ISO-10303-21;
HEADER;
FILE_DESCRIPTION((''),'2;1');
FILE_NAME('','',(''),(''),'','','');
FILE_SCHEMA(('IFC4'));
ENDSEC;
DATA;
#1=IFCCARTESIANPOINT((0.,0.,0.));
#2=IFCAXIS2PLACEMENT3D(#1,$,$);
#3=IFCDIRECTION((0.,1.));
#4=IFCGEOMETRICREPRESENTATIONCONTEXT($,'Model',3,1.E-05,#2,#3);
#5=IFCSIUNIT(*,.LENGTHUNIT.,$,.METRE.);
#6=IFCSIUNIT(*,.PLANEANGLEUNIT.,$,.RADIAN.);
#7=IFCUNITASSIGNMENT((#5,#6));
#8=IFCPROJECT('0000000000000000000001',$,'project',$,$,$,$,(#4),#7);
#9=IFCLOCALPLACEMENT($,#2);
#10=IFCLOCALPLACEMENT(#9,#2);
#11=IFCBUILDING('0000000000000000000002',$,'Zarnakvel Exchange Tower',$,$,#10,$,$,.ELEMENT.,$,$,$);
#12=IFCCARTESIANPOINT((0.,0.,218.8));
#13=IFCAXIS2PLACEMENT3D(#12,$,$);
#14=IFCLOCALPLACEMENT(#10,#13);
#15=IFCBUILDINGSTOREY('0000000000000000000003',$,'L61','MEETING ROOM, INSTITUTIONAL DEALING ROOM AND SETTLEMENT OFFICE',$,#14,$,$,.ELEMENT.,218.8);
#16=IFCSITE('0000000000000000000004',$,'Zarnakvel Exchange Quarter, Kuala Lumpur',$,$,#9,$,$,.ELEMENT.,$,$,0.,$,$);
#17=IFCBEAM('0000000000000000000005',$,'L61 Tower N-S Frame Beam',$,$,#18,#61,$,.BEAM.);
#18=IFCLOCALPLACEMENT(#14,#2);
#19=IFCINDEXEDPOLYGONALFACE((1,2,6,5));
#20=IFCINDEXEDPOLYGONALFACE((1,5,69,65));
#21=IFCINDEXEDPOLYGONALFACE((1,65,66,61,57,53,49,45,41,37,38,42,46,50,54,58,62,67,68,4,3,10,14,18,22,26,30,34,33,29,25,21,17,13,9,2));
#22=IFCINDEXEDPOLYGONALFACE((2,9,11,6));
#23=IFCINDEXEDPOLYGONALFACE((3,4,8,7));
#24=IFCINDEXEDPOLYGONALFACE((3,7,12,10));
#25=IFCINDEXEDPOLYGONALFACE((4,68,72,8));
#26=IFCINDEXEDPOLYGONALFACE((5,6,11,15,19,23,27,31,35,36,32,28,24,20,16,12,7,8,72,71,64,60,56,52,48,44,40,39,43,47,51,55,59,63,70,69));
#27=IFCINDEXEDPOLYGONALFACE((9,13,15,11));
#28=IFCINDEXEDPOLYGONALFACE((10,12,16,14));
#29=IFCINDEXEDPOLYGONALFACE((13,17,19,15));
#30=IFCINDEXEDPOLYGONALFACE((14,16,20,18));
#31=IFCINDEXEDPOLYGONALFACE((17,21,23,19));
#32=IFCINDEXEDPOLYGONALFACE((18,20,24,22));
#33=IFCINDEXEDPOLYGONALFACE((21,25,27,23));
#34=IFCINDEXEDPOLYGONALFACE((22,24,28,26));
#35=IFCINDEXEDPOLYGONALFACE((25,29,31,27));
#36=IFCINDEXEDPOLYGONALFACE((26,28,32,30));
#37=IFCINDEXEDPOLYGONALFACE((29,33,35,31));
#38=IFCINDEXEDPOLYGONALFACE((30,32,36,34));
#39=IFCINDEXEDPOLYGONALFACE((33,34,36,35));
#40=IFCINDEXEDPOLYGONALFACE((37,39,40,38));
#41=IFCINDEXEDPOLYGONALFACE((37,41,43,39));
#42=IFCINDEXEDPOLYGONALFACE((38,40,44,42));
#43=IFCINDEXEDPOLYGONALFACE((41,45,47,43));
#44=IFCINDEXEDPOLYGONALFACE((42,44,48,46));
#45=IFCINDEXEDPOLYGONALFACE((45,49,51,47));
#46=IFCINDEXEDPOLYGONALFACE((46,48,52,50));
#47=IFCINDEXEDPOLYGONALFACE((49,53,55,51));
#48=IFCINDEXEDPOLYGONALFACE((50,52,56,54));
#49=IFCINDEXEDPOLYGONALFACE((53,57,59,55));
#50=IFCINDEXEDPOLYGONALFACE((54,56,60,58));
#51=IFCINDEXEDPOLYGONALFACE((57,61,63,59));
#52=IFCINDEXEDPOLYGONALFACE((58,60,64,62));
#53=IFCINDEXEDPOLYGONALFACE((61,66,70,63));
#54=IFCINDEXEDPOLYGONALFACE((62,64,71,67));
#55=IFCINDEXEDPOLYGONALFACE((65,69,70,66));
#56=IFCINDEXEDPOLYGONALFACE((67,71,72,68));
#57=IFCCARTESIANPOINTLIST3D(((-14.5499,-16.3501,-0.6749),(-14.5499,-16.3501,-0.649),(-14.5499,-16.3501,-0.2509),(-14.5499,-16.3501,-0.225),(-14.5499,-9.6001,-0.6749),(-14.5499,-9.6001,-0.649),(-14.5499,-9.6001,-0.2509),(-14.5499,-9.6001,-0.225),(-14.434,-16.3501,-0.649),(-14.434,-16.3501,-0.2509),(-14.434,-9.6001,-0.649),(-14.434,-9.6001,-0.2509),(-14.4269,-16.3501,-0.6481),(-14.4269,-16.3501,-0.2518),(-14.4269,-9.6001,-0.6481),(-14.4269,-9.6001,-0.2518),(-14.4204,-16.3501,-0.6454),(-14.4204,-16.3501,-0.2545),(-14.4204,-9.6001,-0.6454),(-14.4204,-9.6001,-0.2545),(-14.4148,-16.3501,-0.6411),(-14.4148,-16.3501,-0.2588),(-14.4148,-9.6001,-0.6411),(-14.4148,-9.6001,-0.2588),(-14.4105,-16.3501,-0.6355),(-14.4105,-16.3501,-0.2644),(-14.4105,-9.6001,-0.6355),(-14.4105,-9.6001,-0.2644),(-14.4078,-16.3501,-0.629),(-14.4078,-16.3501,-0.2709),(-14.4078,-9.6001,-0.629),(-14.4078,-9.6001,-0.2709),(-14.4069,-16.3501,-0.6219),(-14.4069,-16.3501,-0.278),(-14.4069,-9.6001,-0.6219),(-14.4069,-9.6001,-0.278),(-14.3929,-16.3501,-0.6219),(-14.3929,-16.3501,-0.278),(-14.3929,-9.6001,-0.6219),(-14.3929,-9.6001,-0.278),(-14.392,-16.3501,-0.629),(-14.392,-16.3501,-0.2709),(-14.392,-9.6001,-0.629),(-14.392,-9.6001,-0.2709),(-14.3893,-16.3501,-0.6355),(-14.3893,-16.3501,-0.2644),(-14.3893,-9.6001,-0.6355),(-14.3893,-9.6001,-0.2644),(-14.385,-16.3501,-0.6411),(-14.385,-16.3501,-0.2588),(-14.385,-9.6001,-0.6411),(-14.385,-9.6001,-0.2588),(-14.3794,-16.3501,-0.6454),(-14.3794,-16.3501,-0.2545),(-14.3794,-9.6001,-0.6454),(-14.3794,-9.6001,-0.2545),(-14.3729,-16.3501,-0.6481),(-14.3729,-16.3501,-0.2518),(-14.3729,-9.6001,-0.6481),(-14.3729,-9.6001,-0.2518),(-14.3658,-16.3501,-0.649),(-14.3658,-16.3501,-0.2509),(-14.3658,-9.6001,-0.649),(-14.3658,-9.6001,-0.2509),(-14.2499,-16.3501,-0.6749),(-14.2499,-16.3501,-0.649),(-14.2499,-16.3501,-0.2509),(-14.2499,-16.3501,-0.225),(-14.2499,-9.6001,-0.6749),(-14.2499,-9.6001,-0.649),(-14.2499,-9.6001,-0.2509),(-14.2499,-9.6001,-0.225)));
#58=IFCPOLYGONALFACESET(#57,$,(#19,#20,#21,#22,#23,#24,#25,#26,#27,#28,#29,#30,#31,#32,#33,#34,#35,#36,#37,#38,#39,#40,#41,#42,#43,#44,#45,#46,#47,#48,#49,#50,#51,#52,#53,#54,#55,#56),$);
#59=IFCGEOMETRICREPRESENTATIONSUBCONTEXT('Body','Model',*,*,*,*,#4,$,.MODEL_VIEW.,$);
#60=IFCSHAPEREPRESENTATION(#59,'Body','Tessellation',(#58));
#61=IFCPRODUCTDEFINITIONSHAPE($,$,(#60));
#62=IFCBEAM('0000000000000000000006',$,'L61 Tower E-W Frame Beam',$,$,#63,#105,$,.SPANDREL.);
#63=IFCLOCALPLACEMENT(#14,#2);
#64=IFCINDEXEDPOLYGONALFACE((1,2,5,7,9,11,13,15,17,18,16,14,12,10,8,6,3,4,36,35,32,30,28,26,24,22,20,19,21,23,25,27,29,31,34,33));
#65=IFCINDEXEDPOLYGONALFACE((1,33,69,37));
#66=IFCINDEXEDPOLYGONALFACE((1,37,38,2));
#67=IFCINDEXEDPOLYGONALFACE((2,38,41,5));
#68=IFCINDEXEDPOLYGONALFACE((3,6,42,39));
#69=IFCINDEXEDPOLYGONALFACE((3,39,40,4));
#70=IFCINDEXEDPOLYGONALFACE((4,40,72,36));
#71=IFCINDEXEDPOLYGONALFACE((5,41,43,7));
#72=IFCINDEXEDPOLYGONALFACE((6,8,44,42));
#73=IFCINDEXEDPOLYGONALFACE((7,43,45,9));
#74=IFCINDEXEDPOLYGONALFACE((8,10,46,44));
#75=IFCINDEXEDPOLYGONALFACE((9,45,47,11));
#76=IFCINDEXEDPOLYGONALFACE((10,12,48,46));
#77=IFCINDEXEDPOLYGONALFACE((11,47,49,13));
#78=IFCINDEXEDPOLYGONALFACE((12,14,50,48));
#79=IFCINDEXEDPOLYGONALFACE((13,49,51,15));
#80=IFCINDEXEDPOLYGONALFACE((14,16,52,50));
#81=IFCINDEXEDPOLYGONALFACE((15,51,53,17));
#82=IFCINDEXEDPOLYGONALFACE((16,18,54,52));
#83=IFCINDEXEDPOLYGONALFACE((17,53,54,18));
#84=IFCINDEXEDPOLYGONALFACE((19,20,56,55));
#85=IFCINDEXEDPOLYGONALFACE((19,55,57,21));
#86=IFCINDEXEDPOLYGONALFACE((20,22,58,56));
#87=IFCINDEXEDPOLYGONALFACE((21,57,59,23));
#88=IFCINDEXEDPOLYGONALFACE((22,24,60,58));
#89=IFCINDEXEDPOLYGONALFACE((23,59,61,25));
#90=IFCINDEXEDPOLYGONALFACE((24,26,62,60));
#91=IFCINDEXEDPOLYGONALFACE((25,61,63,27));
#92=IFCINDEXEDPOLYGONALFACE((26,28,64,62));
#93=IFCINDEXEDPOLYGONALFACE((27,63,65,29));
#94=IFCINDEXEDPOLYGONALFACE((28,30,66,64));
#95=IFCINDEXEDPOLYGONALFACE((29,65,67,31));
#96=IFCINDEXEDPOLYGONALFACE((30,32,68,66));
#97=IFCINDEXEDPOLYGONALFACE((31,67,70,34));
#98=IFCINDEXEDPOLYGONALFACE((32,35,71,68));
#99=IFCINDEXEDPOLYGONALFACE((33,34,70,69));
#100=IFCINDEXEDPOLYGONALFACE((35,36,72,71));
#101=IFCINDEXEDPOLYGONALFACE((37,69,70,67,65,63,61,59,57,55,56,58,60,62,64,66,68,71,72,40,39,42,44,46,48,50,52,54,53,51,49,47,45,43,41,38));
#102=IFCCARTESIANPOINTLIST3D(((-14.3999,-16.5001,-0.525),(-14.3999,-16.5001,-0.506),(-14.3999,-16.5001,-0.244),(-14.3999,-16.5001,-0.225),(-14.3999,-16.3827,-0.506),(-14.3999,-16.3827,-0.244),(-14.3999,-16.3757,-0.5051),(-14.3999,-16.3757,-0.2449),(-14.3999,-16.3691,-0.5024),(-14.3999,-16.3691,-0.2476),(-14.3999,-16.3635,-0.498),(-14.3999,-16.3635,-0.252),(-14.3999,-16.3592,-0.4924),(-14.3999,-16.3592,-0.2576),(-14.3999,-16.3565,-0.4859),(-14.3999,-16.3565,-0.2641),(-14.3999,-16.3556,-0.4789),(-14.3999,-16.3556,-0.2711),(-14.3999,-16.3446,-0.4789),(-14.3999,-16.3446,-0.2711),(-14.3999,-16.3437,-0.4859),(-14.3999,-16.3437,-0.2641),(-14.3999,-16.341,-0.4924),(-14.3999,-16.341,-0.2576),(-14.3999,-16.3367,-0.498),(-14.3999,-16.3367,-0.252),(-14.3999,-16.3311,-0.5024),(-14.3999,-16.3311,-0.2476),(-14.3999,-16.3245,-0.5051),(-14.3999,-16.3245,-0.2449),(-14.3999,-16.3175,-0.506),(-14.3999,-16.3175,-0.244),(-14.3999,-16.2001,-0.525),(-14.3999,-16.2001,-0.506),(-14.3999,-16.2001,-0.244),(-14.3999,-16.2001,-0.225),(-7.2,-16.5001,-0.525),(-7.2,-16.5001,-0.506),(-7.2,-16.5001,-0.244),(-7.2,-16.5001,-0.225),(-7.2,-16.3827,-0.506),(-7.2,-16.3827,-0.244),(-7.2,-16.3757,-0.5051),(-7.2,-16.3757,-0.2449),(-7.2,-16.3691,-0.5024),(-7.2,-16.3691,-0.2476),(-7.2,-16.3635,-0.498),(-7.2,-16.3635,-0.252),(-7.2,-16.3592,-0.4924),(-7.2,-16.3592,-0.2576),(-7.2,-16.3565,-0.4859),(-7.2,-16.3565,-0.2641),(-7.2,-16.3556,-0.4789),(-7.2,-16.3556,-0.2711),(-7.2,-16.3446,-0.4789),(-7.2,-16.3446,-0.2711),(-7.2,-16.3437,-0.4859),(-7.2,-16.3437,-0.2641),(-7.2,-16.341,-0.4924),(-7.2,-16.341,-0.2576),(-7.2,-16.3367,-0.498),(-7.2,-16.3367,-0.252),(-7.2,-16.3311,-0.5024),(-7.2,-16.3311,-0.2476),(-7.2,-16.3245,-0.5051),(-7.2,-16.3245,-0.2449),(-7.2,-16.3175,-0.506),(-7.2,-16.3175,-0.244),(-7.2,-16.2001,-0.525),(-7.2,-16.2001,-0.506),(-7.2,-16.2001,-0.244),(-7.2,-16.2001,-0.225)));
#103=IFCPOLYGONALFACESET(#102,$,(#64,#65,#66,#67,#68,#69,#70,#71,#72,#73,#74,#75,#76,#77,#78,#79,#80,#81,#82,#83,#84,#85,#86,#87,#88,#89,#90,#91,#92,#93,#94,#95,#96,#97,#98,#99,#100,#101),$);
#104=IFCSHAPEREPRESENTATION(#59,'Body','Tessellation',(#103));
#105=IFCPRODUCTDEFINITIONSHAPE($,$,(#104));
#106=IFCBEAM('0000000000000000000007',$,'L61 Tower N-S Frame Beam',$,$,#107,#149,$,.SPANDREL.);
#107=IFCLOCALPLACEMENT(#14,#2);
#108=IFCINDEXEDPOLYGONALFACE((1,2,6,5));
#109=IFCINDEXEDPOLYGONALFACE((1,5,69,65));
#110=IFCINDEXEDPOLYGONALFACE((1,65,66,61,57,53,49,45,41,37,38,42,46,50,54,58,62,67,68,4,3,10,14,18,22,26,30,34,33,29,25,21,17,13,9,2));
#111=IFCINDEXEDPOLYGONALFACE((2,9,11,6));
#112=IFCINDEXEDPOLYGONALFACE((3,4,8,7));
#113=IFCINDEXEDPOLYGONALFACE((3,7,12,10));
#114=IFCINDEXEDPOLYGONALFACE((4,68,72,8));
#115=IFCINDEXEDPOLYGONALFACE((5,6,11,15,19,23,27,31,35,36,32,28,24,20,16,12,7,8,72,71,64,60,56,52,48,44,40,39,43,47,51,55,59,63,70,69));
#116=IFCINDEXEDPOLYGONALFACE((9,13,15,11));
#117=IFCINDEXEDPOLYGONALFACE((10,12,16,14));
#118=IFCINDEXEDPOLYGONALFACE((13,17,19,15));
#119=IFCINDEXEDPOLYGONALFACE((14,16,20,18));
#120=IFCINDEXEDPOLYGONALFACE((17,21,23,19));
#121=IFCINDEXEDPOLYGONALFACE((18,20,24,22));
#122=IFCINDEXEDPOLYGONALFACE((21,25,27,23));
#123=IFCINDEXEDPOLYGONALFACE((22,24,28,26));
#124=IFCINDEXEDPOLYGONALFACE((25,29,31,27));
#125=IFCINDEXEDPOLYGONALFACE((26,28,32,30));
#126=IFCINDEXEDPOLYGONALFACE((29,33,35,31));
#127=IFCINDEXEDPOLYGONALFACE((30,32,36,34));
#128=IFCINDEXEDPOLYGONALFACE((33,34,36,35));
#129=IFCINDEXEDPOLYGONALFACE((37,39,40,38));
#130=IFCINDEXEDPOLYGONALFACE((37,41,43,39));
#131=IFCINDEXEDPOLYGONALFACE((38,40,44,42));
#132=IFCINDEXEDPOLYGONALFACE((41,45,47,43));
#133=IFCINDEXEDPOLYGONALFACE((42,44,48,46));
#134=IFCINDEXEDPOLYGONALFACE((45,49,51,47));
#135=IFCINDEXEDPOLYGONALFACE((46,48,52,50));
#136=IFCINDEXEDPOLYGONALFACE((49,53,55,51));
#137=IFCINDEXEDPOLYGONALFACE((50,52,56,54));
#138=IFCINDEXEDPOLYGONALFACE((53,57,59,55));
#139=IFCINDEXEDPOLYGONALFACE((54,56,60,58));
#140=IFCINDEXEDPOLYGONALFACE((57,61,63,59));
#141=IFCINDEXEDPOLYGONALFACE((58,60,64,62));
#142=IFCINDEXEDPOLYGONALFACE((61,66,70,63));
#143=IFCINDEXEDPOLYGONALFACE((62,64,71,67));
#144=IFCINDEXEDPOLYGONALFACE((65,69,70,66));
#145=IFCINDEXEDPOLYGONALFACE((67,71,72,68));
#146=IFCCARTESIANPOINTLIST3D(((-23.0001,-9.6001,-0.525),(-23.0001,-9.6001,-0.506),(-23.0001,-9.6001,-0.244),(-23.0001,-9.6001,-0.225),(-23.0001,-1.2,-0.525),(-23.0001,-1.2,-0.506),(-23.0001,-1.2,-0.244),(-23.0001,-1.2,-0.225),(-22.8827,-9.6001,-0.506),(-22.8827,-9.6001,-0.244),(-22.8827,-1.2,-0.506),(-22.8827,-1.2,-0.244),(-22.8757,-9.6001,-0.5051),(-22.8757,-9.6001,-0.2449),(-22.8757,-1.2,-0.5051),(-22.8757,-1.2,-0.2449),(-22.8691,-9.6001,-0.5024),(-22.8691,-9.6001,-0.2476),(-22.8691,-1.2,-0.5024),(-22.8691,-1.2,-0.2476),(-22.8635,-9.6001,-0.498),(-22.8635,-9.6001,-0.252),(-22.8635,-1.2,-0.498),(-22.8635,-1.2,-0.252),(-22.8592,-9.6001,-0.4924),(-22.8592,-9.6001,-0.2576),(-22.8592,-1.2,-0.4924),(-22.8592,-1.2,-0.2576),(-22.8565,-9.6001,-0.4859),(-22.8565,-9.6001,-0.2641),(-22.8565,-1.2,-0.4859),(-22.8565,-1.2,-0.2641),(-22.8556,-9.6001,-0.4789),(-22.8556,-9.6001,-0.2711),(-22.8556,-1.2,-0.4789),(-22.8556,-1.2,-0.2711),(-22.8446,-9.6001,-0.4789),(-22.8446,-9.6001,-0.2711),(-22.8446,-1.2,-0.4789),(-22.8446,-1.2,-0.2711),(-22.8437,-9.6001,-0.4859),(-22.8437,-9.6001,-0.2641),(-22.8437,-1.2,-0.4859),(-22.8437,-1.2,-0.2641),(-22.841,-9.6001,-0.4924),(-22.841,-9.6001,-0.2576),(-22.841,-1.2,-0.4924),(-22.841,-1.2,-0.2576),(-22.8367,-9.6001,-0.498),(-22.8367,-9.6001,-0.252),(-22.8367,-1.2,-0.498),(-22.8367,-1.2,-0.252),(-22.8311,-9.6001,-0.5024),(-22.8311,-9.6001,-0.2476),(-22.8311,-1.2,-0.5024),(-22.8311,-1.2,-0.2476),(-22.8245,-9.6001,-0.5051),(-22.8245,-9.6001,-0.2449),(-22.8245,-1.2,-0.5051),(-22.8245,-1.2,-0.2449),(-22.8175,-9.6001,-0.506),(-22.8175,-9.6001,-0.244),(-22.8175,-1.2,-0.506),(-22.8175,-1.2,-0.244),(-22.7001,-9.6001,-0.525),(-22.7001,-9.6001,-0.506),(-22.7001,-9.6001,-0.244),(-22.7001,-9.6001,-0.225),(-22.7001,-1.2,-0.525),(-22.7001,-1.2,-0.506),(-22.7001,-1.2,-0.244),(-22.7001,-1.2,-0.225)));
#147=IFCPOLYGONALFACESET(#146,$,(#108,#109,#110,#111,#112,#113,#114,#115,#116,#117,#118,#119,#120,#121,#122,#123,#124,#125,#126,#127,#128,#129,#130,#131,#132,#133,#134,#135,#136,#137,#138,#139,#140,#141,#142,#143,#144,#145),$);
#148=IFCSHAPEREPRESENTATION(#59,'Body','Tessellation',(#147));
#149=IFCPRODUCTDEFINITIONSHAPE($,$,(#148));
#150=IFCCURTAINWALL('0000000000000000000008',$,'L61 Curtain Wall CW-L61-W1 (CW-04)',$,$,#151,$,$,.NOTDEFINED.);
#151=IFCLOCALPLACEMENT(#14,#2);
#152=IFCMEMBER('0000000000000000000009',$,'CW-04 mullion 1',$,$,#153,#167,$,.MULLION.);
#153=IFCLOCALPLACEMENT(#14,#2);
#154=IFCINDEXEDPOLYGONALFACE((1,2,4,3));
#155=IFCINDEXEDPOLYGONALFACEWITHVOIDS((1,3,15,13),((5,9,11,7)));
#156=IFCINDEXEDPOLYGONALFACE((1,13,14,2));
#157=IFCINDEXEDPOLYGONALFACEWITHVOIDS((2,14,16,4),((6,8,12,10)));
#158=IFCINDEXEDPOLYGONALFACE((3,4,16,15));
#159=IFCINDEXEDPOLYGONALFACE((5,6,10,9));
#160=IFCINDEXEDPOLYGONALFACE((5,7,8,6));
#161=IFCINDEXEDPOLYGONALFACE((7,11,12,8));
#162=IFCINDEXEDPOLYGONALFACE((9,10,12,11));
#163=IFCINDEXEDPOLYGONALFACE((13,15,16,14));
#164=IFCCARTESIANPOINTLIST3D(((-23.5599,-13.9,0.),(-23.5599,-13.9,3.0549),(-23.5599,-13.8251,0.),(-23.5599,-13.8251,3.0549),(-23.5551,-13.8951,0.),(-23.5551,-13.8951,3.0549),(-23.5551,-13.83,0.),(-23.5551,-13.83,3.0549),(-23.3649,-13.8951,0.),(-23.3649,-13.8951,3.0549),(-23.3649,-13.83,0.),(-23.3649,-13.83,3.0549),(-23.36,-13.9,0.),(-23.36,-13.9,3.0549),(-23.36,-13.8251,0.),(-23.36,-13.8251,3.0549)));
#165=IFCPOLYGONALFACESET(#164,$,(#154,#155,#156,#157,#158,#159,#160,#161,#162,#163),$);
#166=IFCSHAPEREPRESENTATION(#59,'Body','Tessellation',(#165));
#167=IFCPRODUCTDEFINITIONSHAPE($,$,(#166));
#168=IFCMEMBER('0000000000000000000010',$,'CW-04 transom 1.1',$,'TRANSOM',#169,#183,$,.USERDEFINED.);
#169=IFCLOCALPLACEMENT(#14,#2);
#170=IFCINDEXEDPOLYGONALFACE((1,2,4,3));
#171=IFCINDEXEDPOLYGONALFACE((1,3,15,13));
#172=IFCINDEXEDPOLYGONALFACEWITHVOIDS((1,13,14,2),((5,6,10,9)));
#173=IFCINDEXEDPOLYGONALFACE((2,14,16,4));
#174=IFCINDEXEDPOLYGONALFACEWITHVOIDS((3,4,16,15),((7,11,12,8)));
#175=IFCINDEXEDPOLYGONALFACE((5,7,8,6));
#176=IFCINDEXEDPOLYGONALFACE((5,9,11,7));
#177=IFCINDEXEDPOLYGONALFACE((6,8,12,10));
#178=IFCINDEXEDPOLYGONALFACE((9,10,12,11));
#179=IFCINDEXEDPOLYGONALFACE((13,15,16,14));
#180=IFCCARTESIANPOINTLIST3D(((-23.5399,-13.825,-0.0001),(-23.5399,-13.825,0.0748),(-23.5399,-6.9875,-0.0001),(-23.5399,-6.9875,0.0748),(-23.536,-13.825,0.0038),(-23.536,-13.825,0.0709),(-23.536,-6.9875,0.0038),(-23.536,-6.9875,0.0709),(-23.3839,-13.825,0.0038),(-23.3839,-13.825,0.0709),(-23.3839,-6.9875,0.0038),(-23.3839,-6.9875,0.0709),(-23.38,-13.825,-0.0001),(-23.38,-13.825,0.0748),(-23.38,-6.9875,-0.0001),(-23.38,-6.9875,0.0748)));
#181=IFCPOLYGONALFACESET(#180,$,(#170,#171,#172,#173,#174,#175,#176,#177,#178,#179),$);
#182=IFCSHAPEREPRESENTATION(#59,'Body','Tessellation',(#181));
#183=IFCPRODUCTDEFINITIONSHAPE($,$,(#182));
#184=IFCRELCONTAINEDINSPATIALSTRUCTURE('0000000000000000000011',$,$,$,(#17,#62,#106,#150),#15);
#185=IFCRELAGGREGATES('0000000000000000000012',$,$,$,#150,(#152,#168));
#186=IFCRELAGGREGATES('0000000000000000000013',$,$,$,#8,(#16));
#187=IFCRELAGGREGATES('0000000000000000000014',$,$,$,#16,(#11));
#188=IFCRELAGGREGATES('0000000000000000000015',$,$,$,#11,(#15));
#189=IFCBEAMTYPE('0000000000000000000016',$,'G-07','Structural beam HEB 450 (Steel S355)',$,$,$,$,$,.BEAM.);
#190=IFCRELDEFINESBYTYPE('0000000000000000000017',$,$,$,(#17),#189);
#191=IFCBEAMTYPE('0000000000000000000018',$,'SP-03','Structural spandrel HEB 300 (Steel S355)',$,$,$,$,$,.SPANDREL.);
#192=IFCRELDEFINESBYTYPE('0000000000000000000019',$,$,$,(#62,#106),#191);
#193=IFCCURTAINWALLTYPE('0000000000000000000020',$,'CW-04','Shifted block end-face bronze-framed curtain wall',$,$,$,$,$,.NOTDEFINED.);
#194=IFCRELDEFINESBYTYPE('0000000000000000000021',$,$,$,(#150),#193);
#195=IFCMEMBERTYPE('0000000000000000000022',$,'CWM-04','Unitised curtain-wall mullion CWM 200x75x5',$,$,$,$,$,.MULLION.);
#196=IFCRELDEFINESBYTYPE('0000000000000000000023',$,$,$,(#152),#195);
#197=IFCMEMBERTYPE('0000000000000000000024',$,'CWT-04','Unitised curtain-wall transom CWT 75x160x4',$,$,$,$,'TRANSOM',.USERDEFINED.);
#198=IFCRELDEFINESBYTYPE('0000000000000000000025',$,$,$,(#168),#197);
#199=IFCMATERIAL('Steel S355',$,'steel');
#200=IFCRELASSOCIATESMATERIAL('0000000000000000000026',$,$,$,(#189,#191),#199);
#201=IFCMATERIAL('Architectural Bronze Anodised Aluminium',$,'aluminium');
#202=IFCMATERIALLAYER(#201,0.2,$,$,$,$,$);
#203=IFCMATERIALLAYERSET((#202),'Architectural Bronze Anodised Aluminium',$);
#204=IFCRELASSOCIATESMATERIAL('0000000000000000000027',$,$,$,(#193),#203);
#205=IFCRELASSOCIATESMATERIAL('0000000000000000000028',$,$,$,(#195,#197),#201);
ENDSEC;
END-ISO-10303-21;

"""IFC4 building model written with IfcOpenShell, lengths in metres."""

from ifc_helpers import new_model, si_unit, direction, frame, origin, origin_2d, place, context, subcontext, project, spatial, hollow_rectangle, i_section, extrude, source, transform, mapped, material, layer, layer_set, material_profile, profile_set, type_object, element, aggregate, save


model = new_model("IFC4")

# Units and contexts
model_context = context("Model", 3, precision=1e-05, world=origin(), true_north=direction((0.0, 1.0)))
body_context = subcontext(model_context, "Body", "Model", "MODEL_VIEW")
ifc_project = project(units=[si_unit("LENGTHUNIT", "METRE"), si_unit("PLANEANGLEUNIT", "RADIAN")], contexts=[model_context])

# Site, building, storey
site_placement = place(None, origin())
site = spatial("IfcSite", under=ifc_project, at=site_placement, Name="Zarnakvel Exchange Quarter, Kuala Lumpur", CompositionType="ELEMENT", RefElevation=0.0)
building_placement = place(site_placement, origin())
building = spatial("IfcBuilding", under=site, at=building_placement, Name="Zarnakvel Exchange Tower", CompositionType="ELEMENT")
storey_placement = place(building_placement, frame((0.0, 0.0, 218.8)))
storey = spatial("IfcBuildingStorey", under=building, at=storey_placement, Name="L61", Description="MEETING ROOM, INSTITUTIONAL DEALING ROOM AND SETTLEMENT OFFICE", CompositionType="ELEMENT", Elevation=218.8)

# Shared definitions
ifc_material_1 = material(Name="Steel S355", Category="steel")

# Beams
ifc_material_profile_1 = material_profile(ifc_material_1, i_section(OverallWidth=0.3, OverallDepth=0.45, WebThickness=0.0139, FlangeThickness=0.0259, FilletRadius=0.0271, at=origin_2d()))
ifc_profile_set_1 = profile_set([ifc_material_profile_1], Name="Steel S355")
beam_type_1 = type_object("IfcBeamType", Name="G-07", Description="Structural beam HEB 450 (Steel S355)", PredefinedType="BEAM", material=ifc_profile_set_1)
beam_1_placement = place(storey_placement, frame((-14.3999, -16.3501, -0.45), z_axis=(0.0, 1.0, 0.0), x_axis=(-1.0, 0.0, 0.0)))
element("IfcBeam", 1, at=beam_1_placement, inside=storey, type_object=beam_type_1, Name="L61 Tower N-S Frame Beam", PredefinedType="BEAM", context=body_context, shape_type="SweptSolid", body=[
    extrude(i_section(OverallWidth=0.3, OverallDepth=0.45, WebThickness=0.0139, FlangeThickness=0.0259, FilletRadius=0.0271, at=origin_2d()), origin(), (0.0, 0.0, 1.0), 6.75),
])
ifc_material_profile_2 = material_profile(ifc_material_1, i_section(OverallWidth=0.3, OverallDepth=0.3, WebThickness=0.011, FlangeThickness=0.019, FilletRadius=0.0271, at=origin_2d()))
ifc_profile_set_2 = profile_set([ifc_material_profile_2], Name="Steel S355")
beam_type_2 = type_object("IfcBeamType", Name="SP-03", Description="Structural spandrel HEB 300 (Steel S355)", PredefinedType="SPANDREL", material=ifc_profile_set_2)
beam_2_placement = place(storey_placement, frame((-14.3999, -16.3501, -0.375), z_axis=(1.0, 0.0, 0.0), x_axis=(0.0, 1.0, 0.0)))
element("IfcBeam", 2, at=beam_2_placement, inside=storey, type_object=beam_type_2, Name="L61 Tower E-W Frame Beam", PredefinedType="SPANDREL", context=body_context, shape_type="SweptSolid", body=[
    extrude(i_section(OverallWidth=0.3, OverallDepth=0.3, WebThickness=0.011, FlangeThickness=0.019, FilletRadius=0.0271, at=origin_2d()), origin(), (0.0, 0.0, 1.0), 7.2),
])
beam_3_placement = place(storey_placement, frame((-22.8501, -9.6001, -0.375), z_axis=(0.0, 1.0, 0.0), x_axis=(-1.0, 0.0, 0.0)))
element("IfcBeam", 3, at=beam_3_placement, inside=storey, type_object=beam_type_2, Name="L61 Tower N-S Frame Beam", PredefinedType="SPANDREL", context=body_context, shape_type="SweptSolid", body=[
    extrude(i_section(OverallWidth=0.3, OverallDepth=0.3, WebThickness=0.011, FlangeThickness=0.019, FilletRadius=0.0271, at=origin_2d()), origin(), (0.0, 0.0, 1.0), 8.4001),
])

# Curtain wall, members
ifc_material_2 = material(Name="Architectural Bronze Anodised Aluminium", Category="aluminium")
ifc_layer_1 = layer(ifc_material_2, 0.2)
ifc_layer_set_1 = layer_set([ifc_layer_1], Name="Architectural Bronze Anodised Aluminium")
curtain_wall_type = type_object("IfcCurtainWallType", Name="CW-04", Description="Shifted block end-face bronze-framed curtain wall", PredefinedType="NOTDEFINED", material=ifc_layer_set_1)
curtain_wall_placement = place(storey_placement, origin())
curtain_wall = element("IfcCurtainWall", 4, at=curtain_wall_placement, inside=storey, type_object=curtain_wall_type, Name="L61 Curtain Wall CW-L61-W1 (CW-04)", PredefinedType="NOTDEFINED")
ifc_material_profile_3 = material_profile(ifc_material_2, hollow_rectangle(XDim=0.2, YDim=0.075, WallThickness=0.0049, at=origin_2d()))
ifc_profile_set_3 = profile_set([ifc_material_profile_3], Name="Architectural Bronze Anodised Aluminium")
member_type_1 = type_object("IfcMemberType", Name="CWM-04", Description="Unitised curtain-wall mullion CWM 200x75x5", PredefinedType="MULLION", material=ifc_profile_set_3)
shared_shape_1 = source(origin(), body_context, "Body", "SweptSolid", [
    extrude(hollow_rectangle(XDim=0.2, YDim=0.075, WallThickness=0.0049, at=origin_2d()), origin(), (0.0, 0.0, 1.0), 3.0549),
])
member_1_placement = place(storey_placement, frame((-23.46, -13.8625, 0.0), z_axis=(0.0, 0.0, 1.0), x_axis=(-1.0, 0.0, 0.0)))
member_1 = element("IfcMember", 5, at=member_1_placement, type_object=member_type_1, Name="CW-04 mullion 1", PredefinedType="MULLION", context=body_context, shape_type="MappedRepresentation", body=[
    mapped(shared_shape_1, transform((0.0, 0.0, 0.0), x_axis=(1.0, 0.0, 0.0), y_axis=(0.0, 1.0, 0.0), z_axis=(0.0, 0.0, 1.0), scale=1.0)),
])
ifc_material_profile_4 = material_profile(ifc_material_2, hollow_rectangle(XDim=0.1599, YDim=0.075, WallThickness=0.0039, at=origin_2d()))
ifc_profile_set_4 = profile_set([ifc_material_profile_4], Name="Architectural Bronze Anodised Aluminium")
member_type_2 = type_object("IfcMemberType", Name="CWT-04", Description="Unitised curtain-wall transom CWT 75x160x4", ElementType="TRANSOM", PredefinedType="USERDEFINED", material=ifc_profile_set_4)
shared_shape_2 = source(origin(), body_context, "Body", "SweptSolid", [
    extrude(hollow_rectangle(XDim=0.1599, YDim=0.075, WallThickness=0.0039, at=origin_2d()), origin(), (0.0, 0.0, 1.0), 6.8374),
])
member_2_placement = place(storey_placement, frame((-23.46, -13.825, 0.0374), z_axis=(0.0, 1.0, 0.0), x_axis=(-1.0, 0.0, 0.0)))
member_2 = element("IfcMember", 6, at=member_2_placement, type_object=member_type_2, Name="CW-04 transom 1.1", ObjectType="TRANSOM", PredefinedType="USERDEFINED", context=body_context, shape_type="MappedRepresentation", body=[
    mapped(shared_shape_2, transform((0.0, 0.0, 0.0), x_axis=(1.0, 0.0, 0.0), y_axis=(0.0, 1.0, 0.0), z_axis=(0.0, 0.0, 1.0), scale=1.0)),
])
aggregate(curtain_wall, [member_1, member_2])

save(model, "model.ifc")
